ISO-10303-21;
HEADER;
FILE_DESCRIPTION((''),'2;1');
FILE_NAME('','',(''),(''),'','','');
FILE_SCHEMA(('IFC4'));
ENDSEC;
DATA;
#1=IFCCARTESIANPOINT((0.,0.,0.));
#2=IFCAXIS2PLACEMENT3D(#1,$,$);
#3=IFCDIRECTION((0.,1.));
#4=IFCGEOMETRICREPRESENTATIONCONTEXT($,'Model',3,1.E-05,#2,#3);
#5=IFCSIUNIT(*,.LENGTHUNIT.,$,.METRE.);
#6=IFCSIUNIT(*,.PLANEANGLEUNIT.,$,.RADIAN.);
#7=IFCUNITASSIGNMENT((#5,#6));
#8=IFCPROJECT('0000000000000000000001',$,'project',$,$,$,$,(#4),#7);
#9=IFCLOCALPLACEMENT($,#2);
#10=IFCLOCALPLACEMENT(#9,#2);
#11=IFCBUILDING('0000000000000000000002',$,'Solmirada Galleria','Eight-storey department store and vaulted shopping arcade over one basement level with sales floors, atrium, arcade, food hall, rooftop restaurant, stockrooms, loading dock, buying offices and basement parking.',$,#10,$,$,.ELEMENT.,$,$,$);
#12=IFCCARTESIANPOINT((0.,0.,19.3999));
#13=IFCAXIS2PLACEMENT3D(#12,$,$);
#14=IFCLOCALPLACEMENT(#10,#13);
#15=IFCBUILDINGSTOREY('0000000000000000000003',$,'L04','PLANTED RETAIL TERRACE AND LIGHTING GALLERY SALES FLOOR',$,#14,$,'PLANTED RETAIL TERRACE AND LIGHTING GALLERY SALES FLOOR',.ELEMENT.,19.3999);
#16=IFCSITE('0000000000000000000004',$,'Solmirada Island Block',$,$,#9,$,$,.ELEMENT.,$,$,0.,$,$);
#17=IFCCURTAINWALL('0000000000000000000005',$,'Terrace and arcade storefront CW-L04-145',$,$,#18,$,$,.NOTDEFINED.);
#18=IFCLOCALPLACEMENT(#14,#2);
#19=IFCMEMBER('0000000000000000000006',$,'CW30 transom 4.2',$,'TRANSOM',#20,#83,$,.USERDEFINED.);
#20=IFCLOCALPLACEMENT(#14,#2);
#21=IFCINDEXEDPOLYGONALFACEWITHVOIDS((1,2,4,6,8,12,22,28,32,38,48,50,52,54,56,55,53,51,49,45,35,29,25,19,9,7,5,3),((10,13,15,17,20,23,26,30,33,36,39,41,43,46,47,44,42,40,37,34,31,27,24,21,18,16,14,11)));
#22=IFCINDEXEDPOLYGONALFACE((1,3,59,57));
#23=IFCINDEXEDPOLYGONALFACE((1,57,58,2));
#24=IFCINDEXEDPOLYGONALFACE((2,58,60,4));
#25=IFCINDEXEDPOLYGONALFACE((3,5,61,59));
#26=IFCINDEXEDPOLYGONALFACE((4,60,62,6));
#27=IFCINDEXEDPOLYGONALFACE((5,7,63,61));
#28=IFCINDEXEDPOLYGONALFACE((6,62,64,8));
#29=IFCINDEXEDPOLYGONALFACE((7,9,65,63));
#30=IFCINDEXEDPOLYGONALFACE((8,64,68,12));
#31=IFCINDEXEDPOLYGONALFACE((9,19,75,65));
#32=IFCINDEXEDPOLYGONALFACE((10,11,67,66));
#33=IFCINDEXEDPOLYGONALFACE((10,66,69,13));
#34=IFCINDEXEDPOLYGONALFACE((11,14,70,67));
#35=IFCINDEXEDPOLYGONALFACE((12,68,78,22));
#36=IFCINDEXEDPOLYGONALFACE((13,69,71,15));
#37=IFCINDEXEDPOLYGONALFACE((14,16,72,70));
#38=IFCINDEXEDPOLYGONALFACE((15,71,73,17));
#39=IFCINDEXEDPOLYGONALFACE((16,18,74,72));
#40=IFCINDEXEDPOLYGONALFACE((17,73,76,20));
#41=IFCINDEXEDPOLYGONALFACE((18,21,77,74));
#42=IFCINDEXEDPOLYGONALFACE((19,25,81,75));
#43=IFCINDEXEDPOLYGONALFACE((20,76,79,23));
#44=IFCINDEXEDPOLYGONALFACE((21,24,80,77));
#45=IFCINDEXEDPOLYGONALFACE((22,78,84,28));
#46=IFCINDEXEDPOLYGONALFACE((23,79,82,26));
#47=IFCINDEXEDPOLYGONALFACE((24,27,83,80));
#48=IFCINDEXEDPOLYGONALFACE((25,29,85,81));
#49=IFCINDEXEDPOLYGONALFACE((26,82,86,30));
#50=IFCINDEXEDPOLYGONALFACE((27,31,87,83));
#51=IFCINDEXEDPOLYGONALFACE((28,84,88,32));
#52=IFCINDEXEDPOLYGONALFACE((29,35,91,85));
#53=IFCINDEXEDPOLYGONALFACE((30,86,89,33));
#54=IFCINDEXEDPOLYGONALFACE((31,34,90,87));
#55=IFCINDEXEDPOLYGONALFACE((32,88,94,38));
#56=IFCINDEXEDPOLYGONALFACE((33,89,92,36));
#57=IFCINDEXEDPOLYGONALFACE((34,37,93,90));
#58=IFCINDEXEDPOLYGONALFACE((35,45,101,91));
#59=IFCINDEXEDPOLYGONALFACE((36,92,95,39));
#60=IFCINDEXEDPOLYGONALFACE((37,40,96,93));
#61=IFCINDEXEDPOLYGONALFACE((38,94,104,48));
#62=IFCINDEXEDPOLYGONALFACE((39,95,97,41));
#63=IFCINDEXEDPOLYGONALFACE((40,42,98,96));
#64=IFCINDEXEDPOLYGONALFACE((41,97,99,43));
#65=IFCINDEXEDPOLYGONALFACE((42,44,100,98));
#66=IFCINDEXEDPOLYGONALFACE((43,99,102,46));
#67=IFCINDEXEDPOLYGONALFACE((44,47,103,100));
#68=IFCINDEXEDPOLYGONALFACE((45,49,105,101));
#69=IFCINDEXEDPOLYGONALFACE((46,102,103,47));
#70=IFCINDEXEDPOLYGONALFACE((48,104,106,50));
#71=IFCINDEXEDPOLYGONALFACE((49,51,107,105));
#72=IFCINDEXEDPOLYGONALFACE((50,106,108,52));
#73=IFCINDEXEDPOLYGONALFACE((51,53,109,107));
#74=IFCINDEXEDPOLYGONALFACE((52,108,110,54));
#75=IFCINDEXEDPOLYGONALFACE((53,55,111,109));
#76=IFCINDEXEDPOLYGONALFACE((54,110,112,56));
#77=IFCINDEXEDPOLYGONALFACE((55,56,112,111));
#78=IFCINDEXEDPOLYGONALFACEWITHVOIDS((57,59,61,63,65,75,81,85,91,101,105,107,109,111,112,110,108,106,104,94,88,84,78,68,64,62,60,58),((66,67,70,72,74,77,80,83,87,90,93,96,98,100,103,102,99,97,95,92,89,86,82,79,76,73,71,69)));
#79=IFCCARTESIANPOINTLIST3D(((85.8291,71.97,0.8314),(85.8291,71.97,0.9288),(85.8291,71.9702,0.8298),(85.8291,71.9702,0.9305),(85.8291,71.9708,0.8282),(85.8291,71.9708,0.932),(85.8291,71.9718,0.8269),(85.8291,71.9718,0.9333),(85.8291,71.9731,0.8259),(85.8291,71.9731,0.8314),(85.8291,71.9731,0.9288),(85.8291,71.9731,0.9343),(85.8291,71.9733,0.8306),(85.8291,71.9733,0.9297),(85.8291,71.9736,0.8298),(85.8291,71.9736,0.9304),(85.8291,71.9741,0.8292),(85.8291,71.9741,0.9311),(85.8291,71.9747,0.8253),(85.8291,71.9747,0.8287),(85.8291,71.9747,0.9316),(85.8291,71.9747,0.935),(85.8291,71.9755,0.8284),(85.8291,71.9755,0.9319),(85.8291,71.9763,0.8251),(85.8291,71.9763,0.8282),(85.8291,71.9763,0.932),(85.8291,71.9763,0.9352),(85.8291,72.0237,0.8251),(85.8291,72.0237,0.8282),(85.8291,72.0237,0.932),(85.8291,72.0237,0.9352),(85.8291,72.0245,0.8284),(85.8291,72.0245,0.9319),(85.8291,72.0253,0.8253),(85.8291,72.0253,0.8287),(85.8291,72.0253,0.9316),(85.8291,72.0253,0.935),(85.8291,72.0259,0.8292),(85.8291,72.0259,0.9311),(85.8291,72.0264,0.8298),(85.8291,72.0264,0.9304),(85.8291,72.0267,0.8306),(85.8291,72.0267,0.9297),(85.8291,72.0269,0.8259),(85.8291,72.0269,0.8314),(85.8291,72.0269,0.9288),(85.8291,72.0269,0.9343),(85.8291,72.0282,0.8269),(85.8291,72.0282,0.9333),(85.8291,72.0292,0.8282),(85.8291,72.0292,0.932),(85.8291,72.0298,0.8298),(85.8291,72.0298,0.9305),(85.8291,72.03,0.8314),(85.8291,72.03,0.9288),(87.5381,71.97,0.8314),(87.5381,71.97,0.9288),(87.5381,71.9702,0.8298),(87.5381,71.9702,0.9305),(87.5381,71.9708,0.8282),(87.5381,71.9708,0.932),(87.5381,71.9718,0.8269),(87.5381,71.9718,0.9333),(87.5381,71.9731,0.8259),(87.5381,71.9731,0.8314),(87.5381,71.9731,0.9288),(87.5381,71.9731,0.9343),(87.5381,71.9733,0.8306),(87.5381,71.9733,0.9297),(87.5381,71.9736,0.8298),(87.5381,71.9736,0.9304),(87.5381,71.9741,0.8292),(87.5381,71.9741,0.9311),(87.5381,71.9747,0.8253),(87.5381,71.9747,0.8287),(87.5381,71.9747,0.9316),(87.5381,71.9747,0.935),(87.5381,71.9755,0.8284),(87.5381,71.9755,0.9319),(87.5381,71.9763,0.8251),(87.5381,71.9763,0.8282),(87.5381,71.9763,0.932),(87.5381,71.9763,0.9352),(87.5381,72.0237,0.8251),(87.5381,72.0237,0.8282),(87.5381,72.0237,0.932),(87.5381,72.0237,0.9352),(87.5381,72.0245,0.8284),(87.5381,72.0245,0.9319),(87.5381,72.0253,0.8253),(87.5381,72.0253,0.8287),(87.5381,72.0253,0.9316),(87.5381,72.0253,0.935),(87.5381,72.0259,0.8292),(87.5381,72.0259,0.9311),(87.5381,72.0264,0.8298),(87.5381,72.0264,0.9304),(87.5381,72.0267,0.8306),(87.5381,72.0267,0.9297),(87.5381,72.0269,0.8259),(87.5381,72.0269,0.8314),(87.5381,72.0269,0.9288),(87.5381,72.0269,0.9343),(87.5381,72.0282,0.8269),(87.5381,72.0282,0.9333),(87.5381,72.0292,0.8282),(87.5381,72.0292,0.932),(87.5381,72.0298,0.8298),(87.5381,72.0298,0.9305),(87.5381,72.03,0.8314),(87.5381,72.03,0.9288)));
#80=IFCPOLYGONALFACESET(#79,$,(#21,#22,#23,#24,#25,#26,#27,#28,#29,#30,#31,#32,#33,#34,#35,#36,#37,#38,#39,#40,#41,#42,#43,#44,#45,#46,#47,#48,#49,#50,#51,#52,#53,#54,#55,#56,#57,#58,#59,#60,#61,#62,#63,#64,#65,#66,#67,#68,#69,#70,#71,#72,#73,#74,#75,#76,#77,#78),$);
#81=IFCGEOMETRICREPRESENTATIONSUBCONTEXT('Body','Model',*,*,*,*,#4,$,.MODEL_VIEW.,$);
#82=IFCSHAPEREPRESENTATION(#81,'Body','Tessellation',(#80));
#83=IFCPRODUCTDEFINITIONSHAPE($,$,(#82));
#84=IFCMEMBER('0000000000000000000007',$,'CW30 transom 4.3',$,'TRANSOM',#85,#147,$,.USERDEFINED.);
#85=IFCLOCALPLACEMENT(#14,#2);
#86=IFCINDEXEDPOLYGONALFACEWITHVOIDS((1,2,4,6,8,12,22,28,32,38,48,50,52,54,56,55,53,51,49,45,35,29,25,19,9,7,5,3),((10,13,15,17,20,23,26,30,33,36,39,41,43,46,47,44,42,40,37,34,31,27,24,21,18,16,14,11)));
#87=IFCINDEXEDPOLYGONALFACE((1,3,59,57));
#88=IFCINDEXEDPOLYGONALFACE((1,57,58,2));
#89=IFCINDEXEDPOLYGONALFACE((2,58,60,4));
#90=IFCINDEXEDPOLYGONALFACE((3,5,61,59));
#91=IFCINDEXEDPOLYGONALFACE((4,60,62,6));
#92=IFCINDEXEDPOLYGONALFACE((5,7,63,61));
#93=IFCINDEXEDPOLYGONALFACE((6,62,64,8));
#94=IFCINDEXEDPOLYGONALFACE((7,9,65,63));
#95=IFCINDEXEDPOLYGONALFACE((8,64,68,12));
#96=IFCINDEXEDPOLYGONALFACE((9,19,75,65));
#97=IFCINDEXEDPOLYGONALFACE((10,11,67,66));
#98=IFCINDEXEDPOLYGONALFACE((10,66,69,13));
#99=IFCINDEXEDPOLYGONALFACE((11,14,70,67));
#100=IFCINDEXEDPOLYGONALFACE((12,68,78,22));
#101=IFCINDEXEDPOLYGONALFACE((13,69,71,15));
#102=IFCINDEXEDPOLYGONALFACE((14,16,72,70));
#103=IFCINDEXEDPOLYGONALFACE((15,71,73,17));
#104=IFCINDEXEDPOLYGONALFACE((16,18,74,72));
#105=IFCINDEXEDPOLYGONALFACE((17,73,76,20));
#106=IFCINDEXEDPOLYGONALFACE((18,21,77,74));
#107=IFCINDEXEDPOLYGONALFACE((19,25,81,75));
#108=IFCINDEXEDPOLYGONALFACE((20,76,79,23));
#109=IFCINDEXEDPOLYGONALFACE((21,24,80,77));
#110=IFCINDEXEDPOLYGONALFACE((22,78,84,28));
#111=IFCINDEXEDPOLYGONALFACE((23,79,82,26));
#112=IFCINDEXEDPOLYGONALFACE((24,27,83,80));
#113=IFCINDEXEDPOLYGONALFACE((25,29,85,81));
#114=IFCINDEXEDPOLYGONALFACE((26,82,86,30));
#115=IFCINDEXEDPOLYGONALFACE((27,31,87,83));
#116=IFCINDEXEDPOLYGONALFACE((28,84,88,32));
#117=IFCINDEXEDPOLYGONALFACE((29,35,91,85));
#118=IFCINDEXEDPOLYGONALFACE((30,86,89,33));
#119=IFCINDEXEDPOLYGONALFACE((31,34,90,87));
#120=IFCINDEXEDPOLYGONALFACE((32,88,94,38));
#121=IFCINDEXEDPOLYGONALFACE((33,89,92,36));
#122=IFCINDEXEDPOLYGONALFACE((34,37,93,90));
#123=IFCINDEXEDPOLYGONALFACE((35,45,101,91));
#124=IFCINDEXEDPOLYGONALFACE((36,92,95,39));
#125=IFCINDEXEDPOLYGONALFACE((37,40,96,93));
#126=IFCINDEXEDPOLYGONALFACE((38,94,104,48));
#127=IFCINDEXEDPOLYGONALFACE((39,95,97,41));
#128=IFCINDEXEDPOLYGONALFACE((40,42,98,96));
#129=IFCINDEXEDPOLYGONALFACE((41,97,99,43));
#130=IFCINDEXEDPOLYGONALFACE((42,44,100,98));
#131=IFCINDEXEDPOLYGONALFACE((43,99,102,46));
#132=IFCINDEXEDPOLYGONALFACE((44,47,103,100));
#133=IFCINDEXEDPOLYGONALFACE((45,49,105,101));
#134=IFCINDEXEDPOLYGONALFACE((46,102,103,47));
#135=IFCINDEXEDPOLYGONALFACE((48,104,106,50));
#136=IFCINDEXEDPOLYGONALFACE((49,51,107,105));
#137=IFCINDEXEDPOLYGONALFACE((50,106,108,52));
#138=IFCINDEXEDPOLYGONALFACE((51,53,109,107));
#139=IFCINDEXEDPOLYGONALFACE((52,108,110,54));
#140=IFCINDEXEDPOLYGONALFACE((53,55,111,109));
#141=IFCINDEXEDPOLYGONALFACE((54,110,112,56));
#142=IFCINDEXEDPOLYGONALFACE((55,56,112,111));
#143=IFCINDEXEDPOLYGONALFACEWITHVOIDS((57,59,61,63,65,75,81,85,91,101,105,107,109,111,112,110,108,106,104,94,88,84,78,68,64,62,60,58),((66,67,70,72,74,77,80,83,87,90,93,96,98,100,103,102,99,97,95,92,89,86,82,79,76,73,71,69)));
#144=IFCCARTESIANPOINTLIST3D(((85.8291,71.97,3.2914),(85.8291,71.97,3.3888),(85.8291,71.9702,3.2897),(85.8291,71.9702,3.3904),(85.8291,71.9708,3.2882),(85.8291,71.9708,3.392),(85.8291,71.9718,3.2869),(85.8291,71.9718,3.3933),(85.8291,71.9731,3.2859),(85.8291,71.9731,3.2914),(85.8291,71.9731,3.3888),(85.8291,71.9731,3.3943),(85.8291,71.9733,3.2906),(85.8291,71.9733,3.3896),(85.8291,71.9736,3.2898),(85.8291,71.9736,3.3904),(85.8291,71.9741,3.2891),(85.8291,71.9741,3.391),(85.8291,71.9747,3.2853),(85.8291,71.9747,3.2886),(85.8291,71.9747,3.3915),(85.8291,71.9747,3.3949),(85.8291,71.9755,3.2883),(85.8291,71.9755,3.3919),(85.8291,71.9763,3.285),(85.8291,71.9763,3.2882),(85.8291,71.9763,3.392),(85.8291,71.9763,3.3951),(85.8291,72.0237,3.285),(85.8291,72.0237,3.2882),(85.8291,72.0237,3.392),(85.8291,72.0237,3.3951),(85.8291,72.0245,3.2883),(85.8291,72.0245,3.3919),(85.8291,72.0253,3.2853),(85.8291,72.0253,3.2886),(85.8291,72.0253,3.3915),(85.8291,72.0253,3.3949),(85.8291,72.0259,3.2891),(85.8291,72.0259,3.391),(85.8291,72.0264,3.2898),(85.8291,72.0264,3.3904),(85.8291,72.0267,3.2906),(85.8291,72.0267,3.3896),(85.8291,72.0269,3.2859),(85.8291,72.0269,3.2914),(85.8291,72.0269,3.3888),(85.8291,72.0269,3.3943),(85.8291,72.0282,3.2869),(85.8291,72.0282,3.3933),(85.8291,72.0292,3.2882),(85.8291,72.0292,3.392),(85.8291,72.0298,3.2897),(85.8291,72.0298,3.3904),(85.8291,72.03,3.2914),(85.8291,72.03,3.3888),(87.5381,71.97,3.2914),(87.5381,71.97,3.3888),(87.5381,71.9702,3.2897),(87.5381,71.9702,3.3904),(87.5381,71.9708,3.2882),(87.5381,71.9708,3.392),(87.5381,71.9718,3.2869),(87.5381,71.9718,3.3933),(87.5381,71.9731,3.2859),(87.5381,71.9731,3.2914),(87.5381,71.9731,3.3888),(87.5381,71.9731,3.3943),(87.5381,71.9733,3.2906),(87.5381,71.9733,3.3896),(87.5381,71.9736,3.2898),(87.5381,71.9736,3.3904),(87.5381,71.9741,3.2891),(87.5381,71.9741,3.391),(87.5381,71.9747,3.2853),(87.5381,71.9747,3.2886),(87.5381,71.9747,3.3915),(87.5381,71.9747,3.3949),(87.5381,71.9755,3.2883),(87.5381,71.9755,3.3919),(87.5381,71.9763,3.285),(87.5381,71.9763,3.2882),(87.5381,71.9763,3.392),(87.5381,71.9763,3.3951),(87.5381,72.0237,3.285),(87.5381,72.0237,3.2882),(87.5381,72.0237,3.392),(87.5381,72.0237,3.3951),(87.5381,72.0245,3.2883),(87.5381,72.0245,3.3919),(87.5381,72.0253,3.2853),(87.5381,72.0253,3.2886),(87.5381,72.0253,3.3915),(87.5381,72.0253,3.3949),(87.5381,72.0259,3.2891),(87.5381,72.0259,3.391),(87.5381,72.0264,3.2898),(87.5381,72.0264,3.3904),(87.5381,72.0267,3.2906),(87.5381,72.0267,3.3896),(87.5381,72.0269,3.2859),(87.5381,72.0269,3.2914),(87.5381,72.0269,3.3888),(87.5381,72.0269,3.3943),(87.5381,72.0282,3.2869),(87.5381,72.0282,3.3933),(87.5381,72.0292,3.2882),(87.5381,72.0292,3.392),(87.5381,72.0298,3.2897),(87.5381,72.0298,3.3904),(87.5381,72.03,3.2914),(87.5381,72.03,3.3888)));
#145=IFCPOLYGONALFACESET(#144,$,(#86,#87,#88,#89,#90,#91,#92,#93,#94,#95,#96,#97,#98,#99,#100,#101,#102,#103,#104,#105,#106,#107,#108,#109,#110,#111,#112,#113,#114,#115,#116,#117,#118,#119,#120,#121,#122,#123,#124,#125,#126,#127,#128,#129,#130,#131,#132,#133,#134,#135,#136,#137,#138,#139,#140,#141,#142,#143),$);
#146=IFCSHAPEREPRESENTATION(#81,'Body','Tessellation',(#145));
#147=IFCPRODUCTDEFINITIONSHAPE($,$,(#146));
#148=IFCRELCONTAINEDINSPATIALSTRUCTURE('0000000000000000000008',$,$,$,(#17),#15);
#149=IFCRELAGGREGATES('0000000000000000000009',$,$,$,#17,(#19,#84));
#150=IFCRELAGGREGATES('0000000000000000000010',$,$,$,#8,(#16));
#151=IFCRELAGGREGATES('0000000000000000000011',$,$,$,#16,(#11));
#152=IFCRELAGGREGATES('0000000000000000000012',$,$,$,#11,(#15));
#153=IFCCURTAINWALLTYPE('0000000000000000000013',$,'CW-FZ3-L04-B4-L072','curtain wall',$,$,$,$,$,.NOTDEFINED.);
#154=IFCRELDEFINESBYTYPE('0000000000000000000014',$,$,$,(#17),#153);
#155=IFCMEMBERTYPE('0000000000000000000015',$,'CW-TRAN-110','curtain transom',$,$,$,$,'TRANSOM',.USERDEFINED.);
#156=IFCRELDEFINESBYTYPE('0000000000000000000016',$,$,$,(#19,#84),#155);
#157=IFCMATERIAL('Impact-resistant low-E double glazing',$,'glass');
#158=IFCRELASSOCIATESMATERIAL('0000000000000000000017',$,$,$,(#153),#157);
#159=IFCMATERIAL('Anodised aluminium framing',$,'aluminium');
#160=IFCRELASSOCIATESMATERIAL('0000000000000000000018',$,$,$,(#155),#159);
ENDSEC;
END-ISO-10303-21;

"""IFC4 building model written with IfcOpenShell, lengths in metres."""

from ifc_helpers import new_model, si_unit, direction, frame, origin, origin_2d, place, context, subcontext, project, spatial, hollow_rectangle, extrude, material, material_profile, profile_set, type_object, element, aggregate, save


model = new_model("IFC4")

# Units and contexts
model_context = context("Model", 3, precision=1e-05, world=origin(), true_north=direction((0.0, 1.0)))
body_context = subcontext(model_context, "Body", "Model", "MODEL_VIEW")
ifc_project = project(units=[si_unit("LENGTHUNIT", "METRE"), si_unit("PLANEANGLEUNIT", "RADIAN")], contexts=[model_context])

# Site, building, storey
site_placement = place(None, origin())
site = spatial("IfcSite", under=ifc_project, at=site_placement, Name="Solmirada Island Block", CompositionType="ELEMENT", RefElevation=0.0)
building_placement = place(site_placement, origin())
building = spatial("IfcBuilding", under=site, at=building_placement, Name="Solmirada Galleria", Description="Eight-storey department store and vaulted shopping arcade over one basement level with sales floors, atrium, arcade, food hall, rooftop restaurant, stockrooms, loading dock, buying offices and basement parking.", CompositionType="ELEMENT")
storey_placement = place(building_placement, frame((0.0, 0.0, 19.3999)))
storey = spatial("IfcBuildingStorey", under=building, at=storey_placement, Name="L04", Description="PLANTED RETAIL TERRACE AND LIGHTING GALLERY SALES FLOOR", LongName="PLANTED RETAIL TERRACE AND LIGHTING GALLERY SALES FLOOR", CompositionType="ELEMENT", Elevation=19.3999)

# Curtain wall
ifc_material_1 = material(Name="Impact-resistant low-E double glazing", Category="glass")
curtain_wall_type = type_object("IfcCurtainWallType", Name="CW-FZ3-L04-B4-L072", Description="curtain wall", PredefinedType="NOTDEFINED", material=ifc_material_1)
curtain_wall_1_placement = place(storey_placement, origin())
curtain_wall_1 = element("IfcCurtainWall", 1, at=curtain_wall_1_placement, inside=storey, type_object=curtain_wall_type, Name="Terrace and arcade storefront CW-L04-145", PredefinedType="NOTDEFINED")
ifc_material_2 = material(Name="Anodised aluminium framing", Category="aluminium")

# Members
ifc_material_profile_1 = material_profile(ifc_material_2, hollow_rectangle(XDim=0.0601, YDim=0.1101, WallThickness=0.0032, InnerFilletRadius=0.0032, OuterFilletRadius=0.0063, at=origin_2d()), Name="ALU-TRAN-110X60")
ifc_profile_set_1 = profile_set([ifc_material_profile_1], Name="Anodised aluminium framing")
member_type_1 = type_object("IfcMemberType", Name="CW-TRAN-110", Description="curtain transom", ElementType="TRANSOM", PredefinedType="USERDEFINED", material=ifc_profile_set_1)
member_1_placement = place(storey_placement, frame((85.8291, 72.0, 0.8801), z_axis=(1.0, 0.0, 0.0), x_axis=(0.0, 1.0, 0.0)))
member_1 = element("IfcMember", 2, at=member_1_placement, type_object=member_type_1, Name="CW30 transom 4.2", ObjectType="TRANSOM", PredefinedType="USERDEFINED", context=body_context, shape_type="SweptSolid", body=[
    extrude(hollow_rectangle(XDim=0.0601, YDim=0.1101, WallThickness=0.0032, InnerFilletRadius=0.0032, OuterFilletRadius=0.0063, at=origin_2d()), origin(), (0.0, 0.0, 1.0), 1.709),
])
member_2_placement = place(storey_placement, frame((85.8291, 72.0, 3.3401), z_axis=(1.0, 0.0, 0.0), x_axis=(0.0, 1.0, 0.0)))
member_2 = element("IfcMember", 3, at=member_2_placement, type_object=member_type_1, Name="CW30 transom 4.3", ObjectType="TRANSOM", PredefinedType="USERDEFINED", context=body_context, shape_type="SweptSolid", body=[
    extrude(hollow_rectangle(XDim=0.0601, YDim=0.1101, WallThickness=0.0032, InnerFilletRadius=0.0032, OuterFilletRadius=0.0063, at=origin_2d()), origin(), (0.0, 0.0, 1.0), 1.709),
])

aggregate(curtain_wall_1, [member_1, member_2])

save(model, "model.ifc")
